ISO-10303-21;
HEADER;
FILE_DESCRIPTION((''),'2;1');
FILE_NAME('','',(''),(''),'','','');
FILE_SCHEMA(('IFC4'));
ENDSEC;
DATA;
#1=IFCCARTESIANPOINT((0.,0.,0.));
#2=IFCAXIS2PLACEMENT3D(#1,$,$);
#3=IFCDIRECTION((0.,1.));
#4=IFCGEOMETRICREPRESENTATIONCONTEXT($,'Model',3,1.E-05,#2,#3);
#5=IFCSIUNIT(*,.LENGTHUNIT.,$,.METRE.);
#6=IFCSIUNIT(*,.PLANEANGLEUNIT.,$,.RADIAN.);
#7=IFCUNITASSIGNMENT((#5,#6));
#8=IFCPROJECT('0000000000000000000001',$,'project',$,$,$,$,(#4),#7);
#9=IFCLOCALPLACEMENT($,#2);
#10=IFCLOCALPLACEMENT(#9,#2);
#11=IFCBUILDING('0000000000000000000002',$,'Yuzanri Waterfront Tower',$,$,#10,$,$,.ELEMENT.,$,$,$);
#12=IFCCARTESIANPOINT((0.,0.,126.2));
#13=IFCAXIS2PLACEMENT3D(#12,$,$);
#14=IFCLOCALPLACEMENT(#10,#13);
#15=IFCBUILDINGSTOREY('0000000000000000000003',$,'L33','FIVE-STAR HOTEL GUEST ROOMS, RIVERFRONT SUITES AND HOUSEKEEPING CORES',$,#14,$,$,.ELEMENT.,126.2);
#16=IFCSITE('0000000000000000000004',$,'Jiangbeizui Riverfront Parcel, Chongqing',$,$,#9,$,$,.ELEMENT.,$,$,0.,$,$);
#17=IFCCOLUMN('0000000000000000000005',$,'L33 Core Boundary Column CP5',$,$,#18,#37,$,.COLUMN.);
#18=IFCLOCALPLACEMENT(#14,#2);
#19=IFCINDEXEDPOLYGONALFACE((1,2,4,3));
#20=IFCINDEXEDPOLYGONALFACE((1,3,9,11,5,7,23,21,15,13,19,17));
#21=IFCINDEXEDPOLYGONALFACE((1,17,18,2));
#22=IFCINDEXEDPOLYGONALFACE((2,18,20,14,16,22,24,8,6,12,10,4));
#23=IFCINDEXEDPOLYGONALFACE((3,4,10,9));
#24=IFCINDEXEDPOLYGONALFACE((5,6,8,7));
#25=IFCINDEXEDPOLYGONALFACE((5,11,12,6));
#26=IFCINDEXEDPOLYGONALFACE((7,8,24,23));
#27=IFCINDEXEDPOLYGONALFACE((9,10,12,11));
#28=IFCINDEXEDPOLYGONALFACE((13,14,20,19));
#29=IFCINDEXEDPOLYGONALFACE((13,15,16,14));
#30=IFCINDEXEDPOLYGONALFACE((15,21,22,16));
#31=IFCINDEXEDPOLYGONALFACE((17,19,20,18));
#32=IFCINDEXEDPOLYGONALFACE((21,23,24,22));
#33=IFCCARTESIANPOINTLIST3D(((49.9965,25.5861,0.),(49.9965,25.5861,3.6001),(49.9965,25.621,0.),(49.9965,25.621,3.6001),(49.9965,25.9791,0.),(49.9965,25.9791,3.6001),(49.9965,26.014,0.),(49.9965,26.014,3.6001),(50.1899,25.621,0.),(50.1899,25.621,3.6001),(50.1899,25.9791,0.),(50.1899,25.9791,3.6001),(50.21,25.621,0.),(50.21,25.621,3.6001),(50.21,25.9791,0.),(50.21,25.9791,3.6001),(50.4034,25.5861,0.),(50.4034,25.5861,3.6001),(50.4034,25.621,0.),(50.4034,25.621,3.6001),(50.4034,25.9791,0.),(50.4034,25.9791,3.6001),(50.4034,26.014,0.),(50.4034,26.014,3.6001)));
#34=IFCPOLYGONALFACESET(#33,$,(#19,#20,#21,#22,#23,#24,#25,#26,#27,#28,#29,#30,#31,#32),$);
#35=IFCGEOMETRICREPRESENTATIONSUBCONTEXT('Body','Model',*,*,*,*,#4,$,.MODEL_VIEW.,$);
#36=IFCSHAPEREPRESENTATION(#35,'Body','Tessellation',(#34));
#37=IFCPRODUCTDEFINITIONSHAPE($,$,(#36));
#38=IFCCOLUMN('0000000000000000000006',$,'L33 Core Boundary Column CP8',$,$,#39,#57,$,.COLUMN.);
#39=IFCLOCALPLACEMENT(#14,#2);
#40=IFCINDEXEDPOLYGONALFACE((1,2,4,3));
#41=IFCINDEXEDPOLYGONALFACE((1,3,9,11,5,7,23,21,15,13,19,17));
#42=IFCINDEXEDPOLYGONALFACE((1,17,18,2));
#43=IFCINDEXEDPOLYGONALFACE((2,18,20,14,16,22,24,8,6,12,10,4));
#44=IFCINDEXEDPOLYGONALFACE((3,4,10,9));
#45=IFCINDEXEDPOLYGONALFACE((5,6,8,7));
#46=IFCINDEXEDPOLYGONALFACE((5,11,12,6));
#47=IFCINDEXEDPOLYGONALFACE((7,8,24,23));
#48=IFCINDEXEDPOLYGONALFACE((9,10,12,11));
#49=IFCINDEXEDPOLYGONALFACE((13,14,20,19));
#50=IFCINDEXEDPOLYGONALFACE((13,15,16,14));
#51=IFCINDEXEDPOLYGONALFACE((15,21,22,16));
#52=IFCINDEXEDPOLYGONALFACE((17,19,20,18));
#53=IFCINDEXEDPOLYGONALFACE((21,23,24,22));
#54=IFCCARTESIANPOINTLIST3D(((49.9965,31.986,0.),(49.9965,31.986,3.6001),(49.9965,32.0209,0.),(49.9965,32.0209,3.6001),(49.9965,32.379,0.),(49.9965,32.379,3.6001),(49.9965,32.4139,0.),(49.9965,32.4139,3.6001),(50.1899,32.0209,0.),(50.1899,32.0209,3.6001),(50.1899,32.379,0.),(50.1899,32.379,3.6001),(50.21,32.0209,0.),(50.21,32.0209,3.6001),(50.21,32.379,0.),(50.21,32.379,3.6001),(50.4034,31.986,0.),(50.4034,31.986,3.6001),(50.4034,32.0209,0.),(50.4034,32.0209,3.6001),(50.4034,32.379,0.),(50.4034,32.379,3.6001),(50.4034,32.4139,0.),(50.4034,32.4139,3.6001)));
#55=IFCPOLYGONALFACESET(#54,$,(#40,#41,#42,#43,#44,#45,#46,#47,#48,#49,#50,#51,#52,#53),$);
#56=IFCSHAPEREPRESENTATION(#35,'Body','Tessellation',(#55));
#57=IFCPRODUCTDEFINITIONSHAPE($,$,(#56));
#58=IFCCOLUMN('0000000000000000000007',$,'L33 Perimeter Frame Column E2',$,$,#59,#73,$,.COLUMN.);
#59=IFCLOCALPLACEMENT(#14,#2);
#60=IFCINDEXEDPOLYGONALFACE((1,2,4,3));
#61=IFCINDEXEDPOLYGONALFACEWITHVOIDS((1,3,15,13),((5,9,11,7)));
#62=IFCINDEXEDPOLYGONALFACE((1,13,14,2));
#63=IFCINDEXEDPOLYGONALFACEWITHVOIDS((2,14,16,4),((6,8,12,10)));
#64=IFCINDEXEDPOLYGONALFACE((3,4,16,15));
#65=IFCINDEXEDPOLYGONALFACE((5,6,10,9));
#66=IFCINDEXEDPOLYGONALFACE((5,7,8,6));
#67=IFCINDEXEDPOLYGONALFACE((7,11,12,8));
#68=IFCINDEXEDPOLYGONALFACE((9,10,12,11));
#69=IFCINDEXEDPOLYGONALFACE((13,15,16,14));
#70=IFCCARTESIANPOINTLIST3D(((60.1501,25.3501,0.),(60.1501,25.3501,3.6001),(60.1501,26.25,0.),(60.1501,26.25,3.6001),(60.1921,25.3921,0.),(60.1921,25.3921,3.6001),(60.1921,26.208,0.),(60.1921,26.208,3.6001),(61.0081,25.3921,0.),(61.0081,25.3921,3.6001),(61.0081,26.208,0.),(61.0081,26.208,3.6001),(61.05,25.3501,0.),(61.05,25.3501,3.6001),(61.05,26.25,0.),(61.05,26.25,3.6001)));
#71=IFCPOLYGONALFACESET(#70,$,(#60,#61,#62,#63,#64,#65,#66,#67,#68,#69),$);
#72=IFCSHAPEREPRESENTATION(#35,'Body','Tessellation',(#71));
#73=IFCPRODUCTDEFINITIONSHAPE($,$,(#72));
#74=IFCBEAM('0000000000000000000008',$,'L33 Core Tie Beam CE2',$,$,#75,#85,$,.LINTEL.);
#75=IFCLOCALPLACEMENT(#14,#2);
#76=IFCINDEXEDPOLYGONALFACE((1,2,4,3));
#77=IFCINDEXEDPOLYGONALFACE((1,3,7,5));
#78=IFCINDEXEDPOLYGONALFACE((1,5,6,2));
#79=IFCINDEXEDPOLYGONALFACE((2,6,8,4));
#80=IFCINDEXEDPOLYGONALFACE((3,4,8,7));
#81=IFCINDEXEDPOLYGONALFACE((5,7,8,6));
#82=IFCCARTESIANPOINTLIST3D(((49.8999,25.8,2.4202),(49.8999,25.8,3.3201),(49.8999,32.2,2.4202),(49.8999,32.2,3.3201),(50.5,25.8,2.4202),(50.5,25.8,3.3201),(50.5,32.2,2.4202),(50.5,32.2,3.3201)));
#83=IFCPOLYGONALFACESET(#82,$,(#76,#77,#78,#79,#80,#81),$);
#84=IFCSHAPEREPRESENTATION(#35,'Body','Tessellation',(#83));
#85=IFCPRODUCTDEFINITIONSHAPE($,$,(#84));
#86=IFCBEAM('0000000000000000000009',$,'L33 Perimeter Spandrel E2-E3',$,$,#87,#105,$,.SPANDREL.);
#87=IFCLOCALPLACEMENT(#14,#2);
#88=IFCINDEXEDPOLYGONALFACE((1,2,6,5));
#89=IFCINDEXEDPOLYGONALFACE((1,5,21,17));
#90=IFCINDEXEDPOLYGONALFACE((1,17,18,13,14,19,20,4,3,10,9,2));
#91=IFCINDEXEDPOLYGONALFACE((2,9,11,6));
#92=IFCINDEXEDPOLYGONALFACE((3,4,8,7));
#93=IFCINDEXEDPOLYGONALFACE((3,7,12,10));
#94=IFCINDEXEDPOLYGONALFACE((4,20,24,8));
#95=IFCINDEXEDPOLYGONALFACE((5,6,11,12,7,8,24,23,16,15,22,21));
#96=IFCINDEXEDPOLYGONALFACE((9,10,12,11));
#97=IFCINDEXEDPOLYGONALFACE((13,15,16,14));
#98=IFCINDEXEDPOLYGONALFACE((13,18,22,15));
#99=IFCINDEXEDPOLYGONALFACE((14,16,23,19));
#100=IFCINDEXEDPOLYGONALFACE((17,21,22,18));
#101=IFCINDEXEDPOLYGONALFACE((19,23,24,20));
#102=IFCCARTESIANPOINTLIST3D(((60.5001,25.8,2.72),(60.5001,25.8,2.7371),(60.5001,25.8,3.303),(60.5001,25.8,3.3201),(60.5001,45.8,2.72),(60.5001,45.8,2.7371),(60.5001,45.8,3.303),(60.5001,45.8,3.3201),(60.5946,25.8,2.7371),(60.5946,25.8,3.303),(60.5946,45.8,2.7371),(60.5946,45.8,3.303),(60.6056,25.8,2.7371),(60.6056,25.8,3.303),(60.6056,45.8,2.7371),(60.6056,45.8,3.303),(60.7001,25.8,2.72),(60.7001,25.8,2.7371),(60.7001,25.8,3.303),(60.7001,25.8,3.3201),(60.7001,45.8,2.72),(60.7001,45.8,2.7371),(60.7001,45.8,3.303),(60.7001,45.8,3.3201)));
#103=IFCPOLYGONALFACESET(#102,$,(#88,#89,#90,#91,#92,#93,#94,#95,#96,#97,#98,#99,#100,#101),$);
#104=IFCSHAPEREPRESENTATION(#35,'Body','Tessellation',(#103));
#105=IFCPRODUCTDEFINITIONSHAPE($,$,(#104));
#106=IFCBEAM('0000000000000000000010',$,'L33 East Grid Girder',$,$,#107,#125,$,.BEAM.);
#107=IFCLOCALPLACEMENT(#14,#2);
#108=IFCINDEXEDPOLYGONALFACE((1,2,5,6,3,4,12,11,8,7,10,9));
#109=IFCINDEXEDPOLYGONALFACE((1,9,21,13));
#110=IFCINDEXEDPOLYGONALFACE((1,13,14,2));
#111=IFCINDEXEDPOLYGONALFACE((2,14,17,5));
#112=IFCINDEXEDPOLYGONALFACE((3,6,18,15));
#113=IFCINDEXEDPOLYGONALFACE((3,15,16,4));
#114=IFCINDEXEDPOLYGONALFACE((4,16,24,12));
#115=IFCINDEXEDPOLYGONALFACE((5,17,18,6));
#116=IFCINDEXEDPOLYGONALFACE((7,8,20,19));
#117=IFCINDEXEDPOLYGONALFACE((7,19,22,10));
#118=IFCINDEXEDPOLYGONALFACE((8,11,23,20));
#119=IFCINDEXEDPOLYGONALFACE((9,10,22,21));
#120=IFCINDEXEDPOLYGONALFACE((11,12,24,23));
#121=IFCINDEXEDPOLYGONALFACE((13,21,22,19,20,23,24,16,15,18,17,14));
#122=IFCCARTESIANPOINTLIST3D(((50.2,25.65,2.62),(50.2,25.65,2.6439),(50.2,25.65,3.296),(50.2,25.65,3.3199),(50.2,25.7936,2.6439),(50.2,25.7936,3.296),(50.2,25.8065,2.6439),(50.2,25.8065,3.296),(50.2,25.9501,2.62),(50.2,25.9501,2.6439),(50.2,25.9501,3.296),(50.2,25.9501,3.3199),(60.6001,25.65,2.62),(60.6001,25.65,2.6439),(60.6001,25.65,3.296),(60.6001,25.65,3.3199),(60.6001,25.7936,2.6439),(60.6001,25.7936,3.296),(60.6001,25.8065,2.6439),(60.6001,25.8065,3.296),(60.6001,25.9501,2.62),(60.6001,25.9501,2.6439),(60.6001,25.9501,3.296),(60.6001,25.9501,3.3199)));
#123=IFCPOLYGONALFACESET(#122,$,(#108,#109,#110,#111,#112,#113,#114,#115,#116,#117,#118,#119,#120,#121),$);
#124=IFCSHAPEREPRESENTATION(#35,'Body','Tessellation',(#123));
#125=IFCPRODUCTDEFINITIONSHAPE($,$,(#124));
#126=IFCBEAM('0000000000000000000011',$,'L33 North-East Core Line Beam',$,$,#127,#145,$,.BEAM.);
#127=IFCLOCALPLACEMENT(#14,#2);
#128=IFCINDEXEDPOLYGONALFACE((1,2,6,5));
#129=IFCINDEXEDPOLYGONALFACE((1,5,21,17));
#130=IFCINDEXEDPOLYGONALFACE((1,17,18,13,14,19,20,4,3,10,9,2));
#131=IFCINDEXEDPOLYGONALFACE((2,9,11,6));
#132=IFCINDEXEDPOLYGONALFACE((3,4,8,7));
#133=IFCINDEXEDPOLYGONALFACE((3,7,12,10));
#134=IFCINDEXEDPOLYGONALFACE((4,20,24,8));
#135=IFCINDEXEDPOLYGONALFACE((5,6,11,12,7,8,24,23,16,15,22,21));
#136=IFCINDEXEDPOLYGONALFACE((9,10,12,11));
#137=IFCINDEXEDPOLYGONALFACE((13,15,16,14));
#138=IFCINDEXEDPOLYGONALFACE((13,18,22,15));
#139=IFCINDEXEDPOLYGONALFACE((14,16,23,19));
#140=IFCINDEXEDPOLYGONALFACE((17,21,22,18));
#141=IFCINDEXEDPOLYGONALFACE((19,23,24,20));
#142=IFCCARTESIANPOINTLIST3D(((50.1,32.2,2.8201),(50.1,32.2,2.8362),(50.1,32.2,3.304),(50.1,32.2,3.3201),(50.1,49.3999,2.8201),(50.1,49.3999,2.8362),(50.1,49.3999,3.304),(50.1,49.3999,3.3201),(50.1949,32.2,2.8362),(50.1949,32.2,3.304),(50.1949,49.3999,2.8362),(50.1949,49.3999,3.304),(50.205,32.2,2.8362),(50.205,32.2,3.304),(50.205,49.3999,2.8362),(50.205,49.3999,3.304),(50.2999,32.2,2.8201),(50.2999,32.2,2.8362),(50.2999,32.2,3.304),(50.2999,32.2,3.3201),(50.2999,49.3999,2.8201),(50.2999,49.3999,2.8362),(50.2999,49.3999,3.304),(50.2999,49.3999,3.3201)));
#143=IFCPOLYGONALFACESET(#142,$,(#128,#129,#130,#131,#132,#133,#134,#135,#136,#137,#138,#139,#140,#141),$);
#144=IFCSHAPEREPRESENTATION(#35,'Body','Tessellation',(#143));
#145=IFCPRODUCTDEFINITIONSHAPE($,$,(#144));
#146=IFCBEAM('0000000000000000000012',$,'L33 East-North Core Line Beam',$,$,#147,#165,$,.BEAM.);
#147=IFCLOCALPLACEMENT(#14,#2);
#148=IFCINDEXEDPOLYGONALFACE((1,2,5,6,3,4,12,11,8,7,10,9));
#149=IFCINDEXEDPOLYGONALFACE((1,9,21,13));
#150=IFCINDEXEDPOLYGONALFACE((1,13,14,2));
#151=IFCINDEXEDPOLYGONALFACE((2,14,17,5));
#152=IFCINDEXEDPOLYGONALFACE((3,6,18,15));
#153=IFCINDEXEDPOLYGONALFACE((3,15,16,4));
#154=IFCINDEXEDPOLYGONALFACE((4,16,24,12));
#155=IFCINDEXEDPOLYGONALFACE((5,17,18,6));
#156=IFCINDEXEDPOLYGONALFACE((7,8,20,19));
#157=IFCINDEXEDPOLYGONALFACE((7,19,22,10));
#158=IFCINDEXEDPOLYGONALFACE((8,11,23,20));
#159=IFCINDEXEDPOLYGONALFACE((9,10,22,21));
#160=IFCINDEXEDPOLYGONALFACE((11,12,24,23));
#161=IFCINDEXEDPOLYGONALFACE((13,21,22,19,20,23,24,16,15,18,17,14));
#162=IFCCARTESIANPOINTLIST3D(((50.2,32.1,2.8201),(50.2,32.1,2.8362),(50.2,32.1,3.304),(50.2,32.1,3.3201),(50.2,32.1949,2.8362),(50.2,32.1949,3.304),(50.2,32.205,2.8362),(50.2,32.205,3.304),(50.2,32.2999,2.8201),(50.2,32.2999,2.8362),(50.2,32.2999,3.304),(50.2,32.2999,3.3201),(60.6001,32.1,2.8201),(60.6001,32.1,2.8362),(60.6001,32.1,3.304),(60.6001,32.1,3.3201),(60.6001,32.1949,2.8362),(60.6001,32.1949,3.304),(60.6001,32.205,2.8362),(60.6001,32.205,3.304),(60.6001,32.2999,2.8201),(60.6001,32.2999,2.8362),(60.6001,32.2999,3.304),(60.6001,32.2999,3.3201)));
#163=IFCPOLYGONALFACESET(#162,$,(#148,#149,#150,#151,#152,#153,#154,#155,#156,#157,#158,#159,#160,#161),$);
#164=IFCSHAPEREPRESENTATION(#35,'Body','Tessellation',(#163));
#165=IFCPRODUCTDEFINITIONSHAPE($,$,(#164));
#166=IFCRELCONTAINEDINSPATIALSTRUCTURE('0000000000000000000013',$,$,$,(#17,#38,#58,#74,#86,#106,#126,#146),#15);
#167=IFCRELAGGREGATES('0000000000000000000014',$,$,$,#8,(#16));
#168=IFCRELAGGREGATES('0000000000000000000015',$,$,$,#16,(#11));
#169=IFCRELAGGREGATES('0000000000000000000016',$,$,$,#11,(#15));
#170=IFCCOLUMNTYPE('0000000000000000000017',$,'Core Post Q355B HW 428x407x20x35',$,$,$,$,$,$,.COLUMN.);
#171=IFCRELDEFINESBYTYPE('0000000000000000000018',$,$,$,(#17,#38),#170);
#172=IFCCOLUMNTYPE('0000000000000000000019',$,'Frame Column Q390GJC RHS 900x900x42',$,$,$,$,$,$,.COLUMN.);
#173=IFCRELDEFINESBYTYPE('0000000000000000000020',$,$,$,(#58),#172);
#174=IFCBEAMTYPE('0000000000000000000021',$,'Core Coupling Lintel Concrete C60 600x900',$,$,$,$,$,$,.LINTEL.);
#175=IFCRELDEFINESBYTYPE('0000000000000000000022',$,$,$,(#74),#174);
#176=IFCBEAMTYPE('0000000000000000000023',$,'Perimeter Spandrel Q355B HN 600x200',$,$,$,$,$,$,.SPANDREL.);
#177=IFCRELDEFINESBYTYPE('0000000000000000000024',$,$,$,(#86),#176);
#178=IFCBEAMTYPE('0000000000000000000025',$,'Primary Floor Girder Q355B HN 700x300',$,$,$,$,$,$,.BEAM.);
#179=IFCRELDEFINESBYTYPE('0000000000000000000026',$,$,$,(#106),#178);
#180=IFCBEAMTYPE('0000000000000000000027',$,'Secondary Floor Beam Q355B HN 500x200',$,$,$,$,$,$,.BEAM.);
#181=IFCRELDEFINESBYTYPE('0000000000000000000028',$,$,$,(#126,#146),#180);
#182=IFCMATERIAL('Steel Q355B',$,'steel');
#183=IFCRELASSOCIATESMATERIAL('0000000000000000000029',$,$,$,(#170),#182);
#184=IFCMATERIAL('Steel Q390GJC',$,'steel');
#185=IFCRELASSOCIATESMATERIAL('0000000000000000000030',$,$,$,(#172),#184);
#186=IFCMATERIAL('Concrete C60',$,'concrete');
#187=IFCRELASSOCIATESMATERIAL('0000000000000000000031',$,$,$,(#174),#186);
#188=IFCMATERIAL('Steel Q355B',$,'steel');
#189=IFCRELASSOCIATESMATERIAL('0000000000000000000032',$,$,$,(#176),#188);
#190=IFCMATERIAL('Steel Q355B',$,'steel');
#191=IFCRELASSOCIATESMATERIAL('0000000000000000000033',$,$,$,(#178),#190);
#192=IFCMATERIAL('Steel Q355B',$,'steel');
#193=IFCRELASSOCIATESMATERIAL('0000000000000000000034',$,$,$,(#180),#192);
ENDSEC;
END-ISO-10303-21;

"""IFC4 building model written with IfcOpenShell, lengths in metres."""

from ifc_helpers import new_model, si_unit, direction, frame, origin, origin_2d, place, context, subcontext, project, spatial, rectangle, hollow_rectangle, i_section, extrude, source, transform, mapped, material, material_profile, profile_set, type_object, element, save


model = new_model("IFC4")

# Units and contexts
model_context = context("Model", 3, precision=1e-05, world=origin(), true_north=direction((0.0, 1.0)))
body_context = subcontext(model_context, "Body", "Model", "MODEL_VIEW")
ifc_project = project(units=[si_unit("LENGTHUNIT", "METRE"), si_unit("PLANEANGLEUNIT", "RADIAN")], contexts=[model_context])

# Site, building, storey
site_placement = place(None, origin())
site = spatial("IfcSite", under=ifc_project, at=site_placement, Name="Jiangbeizui Riverfront Parcel, Chongqing", CompositionType="ELEMENT", RefElevation=0.0)
building_placement = place(site_placement, origin())
building = spatial("IfcBuilding", under=site, at=building_placement, Name="Yuzanri Waterfront Tower", CompositionType="ELEMENT")
storey_placement = place(building_placement, frame((0.0, 0.0, 126.2)))
storey = spatial("IfcBuildingStorey", under=building, at=storey_placement, Name="L33", Description="FIVE-STAR HOTEL GUEST ROOMS, RIVERFRONT SUITES AND HOUSEKEEPING CORES", CompositionType="ELEMENT", Elevation=126.2)

# Columns
ifc_material_1 = material(Name="Steel Q355B", Category="steel")
ifc_material_profile_1 = material_profile(ifc_material_1, i_section(OverallWidth=0.407, OverallDepth=0.428, WebThickness=0.02, FlangeThickness=0.0349, at=origin_2d()), Name="HW 428x407x20x35")
ifc_profile_set_1 = profile_set([ifc_material_profile_1], Name="Steel Q355B")
column_type_1 = type_object("IfcColumnType", Name="Core Post Q355B HW 428x407x20x35", PredefinedType="COLUMN", material=ifc_profile_set_1)
shared_shape_1 = source(origin(), body_context, "Body", "SweptSolid", [
    extrude(i_section(OverallWidth=0.407, OverallDepth=0.428, WebThickness=0.02, FlangeThickness=0.0349, at=origin_2d()), origin(), (0.0, 0.0, 1.0), 3.6001),
])
for number, where, z_axis, x_axis, name in (
    (1, (50.2, 25.8, 0.0), (0.0, 0.0, 1.0), (1.0, 0.0, 0.0), "L33 Core Boundary Column CP5"),
    (2, (50.2, 32.2, 0.0), (0.0, 0.0, 1.0), (1.0, 0.0, 0.0), "L33 Core Boundary Column CP8"),
):
    element("IfcColumn", number, at=place(storey_placement, frame(where, z_axis=z_axis, x_axis=x_axis)), inside=storey, type_object=column_type_1, Name=name, PredefinedType="COLUMN", context=body_context, shape_type="MappedRepresentation", body=[
        mapped(shared_shape_1, transform((0.0, 0.0, 0.0), scale=1.0)),
    ])
ifc_material_2 = material(Name="Steel Q390GJC", Category="steel")
ifc_material_profile_2 = material_profile(ifc_material_2, hollow_rectangle(XDim=0.8999, YDim=0.8999, WallThickness=0.042, at=origin_2d()), Name="RHS 900x900x42")
ifc_profile_set_2 = profile_set([ifc_material_profile_2], Name="Steel Q390GJC")
column_type_2 = type_object("IfcColumnType", Name="Frame Column Q390GJC RHS 900x900x42", PredefinedType="COLUMN", material=ifc_profile_set_2)
shared_shape_2 = source(origin(), body_context, "Body", "SweptSolid", [
    extrude(hollow_rectangle(XDim=0.8999, YDim=0.8999, WallThickness=0.042, at=origin_2d()), origin(), (0.0, 0.0, 1.0), 3.6001),
])
column_placement = place(storey_placement, frame((60.6001, 25.8, 0.0), z_axis=(0.0, 0.0, 1.0), x_axis=(1.0, 0.0, 0.0)))
element("IfcColumn", 3, at=column_placement, inside=storey, type_object=column_type_2, Name="L33 Perimeter Frame Column E2", PredefinedType="COLUMN", context=body_context, shape_type="MappedRepresentation", body=[
    mapped(shared_shape_2, transform((0.0, 0.0, 0.0), scale=1.0)),
])

# Beams
ifc_material_3 = material(Name="Concrete C60", Category="concrete")
ifc_material_profile_3 = material_profile(ifc_material_3, rectangle(XDim=0.6001, YDim=0.8999, at=origin_2d()), Name="RC 600x900")
ifc_profile_set_3 = profile_set([ifc_material_profile_3], Name="Concrete C60")
beam_type_1 = type_object("IfcBeamType", Name="Core Coupling Lintel Concrete C60 600x900", PredefinedType="LINTEL", material=ifc_profile_set_3)
shared_shape_3 = source(origin(), body_context, "Body", "SweptSolid", [
    extrude(rectangle(XDim=0.6001, YDim=0.8999, at=origin_2d()), origin(), (0.0, 0.0, 1.0), 6.3999),
])
beam_1_placement = place(storey_placement, frame((50.2, 25.8, 2.8701), z_axis=(0.0, 1.0, 0.0), x_axis=(-1.0, 0.0, 0.0)))
element("IfcBeam", 4, at=beam_1_placement, inside=storey, type_object=beam_type_1, Name="L33 Core Tie Beam CE2", PredefinedType="LINTEL", context=body_context, shape_type="MappedRepresentation", body=[
    mapped(shared_shape_3, transform((0.0, 0.0, 0.0), scale=1.0)),
])
ifc_material_4 = material(Name="Steel Q355B", Category="steel")
ifc_material_profile_4 = material_profile(ifc_material_4, i_section(OverallWidth=0.2, OverallDepth=0.6001, WebThickness=0.011, FlangeThickness=0.0171, at=origin_2d()), Name="HN 600x200x11x17")
ifc_profile_set_4 = profile_set([ifc_material_profile_4], Name="Steel Q355B")
beam_type_2 = type_object("IfcBeamType", Name="Perimeter Spandrel Q355B HN 600x200", PredefinedType="SPANDREL", material=ifc_profile_set_4)
shared_shape_4 = source(origin(), body_context, "Body", "SweptSolid", [
    extrude(i_section(OverallWidth=0.2, OverallDepth=0.6001, WebThickness=0.011, FlangeThickness=0.0171, at=origin_2d()), origin(), (0.0, 0.0, 1.0), 20.0),
])
beam_2_placement = place(storey_placement, frame((60.6001, 25.8, 3.02), z_axis=(0.0, 1.0, 0.0), x_axis=(-1.0, 0.0, 0.0)))
element("IfcBeam", 5, at=beam_2_placement, inside=storey, type_object=beam_type_2, Name="L33 Perimeter Spandrel E2-E3", PredefinedType="SPANDREL", context=body_context, shape_type="MappedRepresentation", body=[
    mapped(shared_shape_4, transform((0.0, 0.0, 0.0), scale=1.0)),
])
ifc_material_5 = material(Name="Steel Q355B", Category="steel")
ifc_material_profile_5 = material_profile(ifc_material_5, i_section(OverallWidth=0.3, OverallDepth=0.7, WebThickness=0.0129, FlangeThickness=0.0239, at=origin_2d()), Name="HN 700x300x13x24")
ifc_profile_set_5 = profile_set([ifc_material_profile_5], Name="Steel Q355B")
beam_type_3 = type_object("IfcBeamType", Name="Primary Floor Girder Q355B HN 700x300", PredefinedType="BEAM", material=ifc_profile_set_5)
shared_shape_5 = source(origin(), body_context, "Body", "SweptSolid", [
    extrude(i_section(OverallWidth=0.3, OverallDepth=0.7, WebThickness=0.0129, FlangeThickness=0.0239, at=origin_2d()), origin(), (0.0, 0.0, 1.0), 10.4001),
])
beam_3_placement = place(storey_placement, frame((50.2, 25.8, 2.97), z_axis=(1.0, 0.0, 0.0), x_axis=(0.0, 1.0, 0.0)))
element("IfcBeam", 6, at=beam_3_placement, inside=storey, type_object=beam_type_3, Name="L33 East Grid Girder", PredefinedType="BEAM", context=body_context, shape_type="MappedRepresentation", body=[
    mapped(shared_shape_5, transform((0.0, 0.0, 0.0), scale=1.0)),
])
ifc_material_6 = material(Name="Steel Q355B", Category="steel")
ifc_material_profile_6 = material_profile(ifc_material_6, i_section(OverallWidth=0.2, OverallDepth=0.5, WebThickness=0.01, FlangeThickness=0.0161, at=origin_2d()), Name="HN 500x200x10x16")
ifc_profile_set_6 = profile_set([ifc_material_profile_6], Name="Steel Q355B")
beam_type_4 = type_object("IfcBeamType", Name="Secondary Floor Beam Q355B HN 500x200", PredefinedType="BEAM", material=ifc_profile_set_6)
shared_shape_6 = source(origin(), body_context, "Body", "SweptSolid", [
    extrude(i_section(OverallWidth=0.2, OverallDepth=0.5, WebThickness=0.01, FlangeThickness=0.0161, at=origin_2d()), origin(), (0.0, 0.0, 1.0), 17.2),
])
beam_4_placement = place(storey_placement, frame((50.2, 32.2, 3.0701), z_axis=(0.0, 1.0, 0.0), x_axis=(-1.0, 0.0, 0.0)))
element("IfcBeam", 7, at=beam_4_placement, inside=storey, type_object=beam_type_4, Name="L33 North-East Core Line Beam", PredefinedType="BEAM", context=body_context, shape_type="MappedRepresentation", body=[
    mapped(shared_shape_6, transform((0.0, 0.0, 0.0), scale=1.0)),
])
shared_shape_7 = source(origin(), body_context, "Body", "SweptSolid", [
    extrude(i_section(OverallWidth=0.2, OverallDepth=0.5, WebThickness=0.01, FlangeThickness=0.0161, at=origin_2d()), origin(), (0.0, 0.0, 1.0), 10.4001),
])
beam_5_placement = place(storey_placement, frame((50.2, 32.2, 3.0701), z_axis=(1.0, 0.0, 0.0), x_axis=(0.0, 1.0, 0.0)))
element("IfcBeam", 8, at=beam_5_placement, inside=storey, type_object=beam_type_4, Name="L33 East-North Core Line Beam", PredefinedType="BEAM", context=body_context, shape_type="MappedRepresentation", body=[
    mapped(shared_shape_7, transform((0.0, 0.0, 0.0), scale=1.0)),
])

save(model, "model.ifc")
